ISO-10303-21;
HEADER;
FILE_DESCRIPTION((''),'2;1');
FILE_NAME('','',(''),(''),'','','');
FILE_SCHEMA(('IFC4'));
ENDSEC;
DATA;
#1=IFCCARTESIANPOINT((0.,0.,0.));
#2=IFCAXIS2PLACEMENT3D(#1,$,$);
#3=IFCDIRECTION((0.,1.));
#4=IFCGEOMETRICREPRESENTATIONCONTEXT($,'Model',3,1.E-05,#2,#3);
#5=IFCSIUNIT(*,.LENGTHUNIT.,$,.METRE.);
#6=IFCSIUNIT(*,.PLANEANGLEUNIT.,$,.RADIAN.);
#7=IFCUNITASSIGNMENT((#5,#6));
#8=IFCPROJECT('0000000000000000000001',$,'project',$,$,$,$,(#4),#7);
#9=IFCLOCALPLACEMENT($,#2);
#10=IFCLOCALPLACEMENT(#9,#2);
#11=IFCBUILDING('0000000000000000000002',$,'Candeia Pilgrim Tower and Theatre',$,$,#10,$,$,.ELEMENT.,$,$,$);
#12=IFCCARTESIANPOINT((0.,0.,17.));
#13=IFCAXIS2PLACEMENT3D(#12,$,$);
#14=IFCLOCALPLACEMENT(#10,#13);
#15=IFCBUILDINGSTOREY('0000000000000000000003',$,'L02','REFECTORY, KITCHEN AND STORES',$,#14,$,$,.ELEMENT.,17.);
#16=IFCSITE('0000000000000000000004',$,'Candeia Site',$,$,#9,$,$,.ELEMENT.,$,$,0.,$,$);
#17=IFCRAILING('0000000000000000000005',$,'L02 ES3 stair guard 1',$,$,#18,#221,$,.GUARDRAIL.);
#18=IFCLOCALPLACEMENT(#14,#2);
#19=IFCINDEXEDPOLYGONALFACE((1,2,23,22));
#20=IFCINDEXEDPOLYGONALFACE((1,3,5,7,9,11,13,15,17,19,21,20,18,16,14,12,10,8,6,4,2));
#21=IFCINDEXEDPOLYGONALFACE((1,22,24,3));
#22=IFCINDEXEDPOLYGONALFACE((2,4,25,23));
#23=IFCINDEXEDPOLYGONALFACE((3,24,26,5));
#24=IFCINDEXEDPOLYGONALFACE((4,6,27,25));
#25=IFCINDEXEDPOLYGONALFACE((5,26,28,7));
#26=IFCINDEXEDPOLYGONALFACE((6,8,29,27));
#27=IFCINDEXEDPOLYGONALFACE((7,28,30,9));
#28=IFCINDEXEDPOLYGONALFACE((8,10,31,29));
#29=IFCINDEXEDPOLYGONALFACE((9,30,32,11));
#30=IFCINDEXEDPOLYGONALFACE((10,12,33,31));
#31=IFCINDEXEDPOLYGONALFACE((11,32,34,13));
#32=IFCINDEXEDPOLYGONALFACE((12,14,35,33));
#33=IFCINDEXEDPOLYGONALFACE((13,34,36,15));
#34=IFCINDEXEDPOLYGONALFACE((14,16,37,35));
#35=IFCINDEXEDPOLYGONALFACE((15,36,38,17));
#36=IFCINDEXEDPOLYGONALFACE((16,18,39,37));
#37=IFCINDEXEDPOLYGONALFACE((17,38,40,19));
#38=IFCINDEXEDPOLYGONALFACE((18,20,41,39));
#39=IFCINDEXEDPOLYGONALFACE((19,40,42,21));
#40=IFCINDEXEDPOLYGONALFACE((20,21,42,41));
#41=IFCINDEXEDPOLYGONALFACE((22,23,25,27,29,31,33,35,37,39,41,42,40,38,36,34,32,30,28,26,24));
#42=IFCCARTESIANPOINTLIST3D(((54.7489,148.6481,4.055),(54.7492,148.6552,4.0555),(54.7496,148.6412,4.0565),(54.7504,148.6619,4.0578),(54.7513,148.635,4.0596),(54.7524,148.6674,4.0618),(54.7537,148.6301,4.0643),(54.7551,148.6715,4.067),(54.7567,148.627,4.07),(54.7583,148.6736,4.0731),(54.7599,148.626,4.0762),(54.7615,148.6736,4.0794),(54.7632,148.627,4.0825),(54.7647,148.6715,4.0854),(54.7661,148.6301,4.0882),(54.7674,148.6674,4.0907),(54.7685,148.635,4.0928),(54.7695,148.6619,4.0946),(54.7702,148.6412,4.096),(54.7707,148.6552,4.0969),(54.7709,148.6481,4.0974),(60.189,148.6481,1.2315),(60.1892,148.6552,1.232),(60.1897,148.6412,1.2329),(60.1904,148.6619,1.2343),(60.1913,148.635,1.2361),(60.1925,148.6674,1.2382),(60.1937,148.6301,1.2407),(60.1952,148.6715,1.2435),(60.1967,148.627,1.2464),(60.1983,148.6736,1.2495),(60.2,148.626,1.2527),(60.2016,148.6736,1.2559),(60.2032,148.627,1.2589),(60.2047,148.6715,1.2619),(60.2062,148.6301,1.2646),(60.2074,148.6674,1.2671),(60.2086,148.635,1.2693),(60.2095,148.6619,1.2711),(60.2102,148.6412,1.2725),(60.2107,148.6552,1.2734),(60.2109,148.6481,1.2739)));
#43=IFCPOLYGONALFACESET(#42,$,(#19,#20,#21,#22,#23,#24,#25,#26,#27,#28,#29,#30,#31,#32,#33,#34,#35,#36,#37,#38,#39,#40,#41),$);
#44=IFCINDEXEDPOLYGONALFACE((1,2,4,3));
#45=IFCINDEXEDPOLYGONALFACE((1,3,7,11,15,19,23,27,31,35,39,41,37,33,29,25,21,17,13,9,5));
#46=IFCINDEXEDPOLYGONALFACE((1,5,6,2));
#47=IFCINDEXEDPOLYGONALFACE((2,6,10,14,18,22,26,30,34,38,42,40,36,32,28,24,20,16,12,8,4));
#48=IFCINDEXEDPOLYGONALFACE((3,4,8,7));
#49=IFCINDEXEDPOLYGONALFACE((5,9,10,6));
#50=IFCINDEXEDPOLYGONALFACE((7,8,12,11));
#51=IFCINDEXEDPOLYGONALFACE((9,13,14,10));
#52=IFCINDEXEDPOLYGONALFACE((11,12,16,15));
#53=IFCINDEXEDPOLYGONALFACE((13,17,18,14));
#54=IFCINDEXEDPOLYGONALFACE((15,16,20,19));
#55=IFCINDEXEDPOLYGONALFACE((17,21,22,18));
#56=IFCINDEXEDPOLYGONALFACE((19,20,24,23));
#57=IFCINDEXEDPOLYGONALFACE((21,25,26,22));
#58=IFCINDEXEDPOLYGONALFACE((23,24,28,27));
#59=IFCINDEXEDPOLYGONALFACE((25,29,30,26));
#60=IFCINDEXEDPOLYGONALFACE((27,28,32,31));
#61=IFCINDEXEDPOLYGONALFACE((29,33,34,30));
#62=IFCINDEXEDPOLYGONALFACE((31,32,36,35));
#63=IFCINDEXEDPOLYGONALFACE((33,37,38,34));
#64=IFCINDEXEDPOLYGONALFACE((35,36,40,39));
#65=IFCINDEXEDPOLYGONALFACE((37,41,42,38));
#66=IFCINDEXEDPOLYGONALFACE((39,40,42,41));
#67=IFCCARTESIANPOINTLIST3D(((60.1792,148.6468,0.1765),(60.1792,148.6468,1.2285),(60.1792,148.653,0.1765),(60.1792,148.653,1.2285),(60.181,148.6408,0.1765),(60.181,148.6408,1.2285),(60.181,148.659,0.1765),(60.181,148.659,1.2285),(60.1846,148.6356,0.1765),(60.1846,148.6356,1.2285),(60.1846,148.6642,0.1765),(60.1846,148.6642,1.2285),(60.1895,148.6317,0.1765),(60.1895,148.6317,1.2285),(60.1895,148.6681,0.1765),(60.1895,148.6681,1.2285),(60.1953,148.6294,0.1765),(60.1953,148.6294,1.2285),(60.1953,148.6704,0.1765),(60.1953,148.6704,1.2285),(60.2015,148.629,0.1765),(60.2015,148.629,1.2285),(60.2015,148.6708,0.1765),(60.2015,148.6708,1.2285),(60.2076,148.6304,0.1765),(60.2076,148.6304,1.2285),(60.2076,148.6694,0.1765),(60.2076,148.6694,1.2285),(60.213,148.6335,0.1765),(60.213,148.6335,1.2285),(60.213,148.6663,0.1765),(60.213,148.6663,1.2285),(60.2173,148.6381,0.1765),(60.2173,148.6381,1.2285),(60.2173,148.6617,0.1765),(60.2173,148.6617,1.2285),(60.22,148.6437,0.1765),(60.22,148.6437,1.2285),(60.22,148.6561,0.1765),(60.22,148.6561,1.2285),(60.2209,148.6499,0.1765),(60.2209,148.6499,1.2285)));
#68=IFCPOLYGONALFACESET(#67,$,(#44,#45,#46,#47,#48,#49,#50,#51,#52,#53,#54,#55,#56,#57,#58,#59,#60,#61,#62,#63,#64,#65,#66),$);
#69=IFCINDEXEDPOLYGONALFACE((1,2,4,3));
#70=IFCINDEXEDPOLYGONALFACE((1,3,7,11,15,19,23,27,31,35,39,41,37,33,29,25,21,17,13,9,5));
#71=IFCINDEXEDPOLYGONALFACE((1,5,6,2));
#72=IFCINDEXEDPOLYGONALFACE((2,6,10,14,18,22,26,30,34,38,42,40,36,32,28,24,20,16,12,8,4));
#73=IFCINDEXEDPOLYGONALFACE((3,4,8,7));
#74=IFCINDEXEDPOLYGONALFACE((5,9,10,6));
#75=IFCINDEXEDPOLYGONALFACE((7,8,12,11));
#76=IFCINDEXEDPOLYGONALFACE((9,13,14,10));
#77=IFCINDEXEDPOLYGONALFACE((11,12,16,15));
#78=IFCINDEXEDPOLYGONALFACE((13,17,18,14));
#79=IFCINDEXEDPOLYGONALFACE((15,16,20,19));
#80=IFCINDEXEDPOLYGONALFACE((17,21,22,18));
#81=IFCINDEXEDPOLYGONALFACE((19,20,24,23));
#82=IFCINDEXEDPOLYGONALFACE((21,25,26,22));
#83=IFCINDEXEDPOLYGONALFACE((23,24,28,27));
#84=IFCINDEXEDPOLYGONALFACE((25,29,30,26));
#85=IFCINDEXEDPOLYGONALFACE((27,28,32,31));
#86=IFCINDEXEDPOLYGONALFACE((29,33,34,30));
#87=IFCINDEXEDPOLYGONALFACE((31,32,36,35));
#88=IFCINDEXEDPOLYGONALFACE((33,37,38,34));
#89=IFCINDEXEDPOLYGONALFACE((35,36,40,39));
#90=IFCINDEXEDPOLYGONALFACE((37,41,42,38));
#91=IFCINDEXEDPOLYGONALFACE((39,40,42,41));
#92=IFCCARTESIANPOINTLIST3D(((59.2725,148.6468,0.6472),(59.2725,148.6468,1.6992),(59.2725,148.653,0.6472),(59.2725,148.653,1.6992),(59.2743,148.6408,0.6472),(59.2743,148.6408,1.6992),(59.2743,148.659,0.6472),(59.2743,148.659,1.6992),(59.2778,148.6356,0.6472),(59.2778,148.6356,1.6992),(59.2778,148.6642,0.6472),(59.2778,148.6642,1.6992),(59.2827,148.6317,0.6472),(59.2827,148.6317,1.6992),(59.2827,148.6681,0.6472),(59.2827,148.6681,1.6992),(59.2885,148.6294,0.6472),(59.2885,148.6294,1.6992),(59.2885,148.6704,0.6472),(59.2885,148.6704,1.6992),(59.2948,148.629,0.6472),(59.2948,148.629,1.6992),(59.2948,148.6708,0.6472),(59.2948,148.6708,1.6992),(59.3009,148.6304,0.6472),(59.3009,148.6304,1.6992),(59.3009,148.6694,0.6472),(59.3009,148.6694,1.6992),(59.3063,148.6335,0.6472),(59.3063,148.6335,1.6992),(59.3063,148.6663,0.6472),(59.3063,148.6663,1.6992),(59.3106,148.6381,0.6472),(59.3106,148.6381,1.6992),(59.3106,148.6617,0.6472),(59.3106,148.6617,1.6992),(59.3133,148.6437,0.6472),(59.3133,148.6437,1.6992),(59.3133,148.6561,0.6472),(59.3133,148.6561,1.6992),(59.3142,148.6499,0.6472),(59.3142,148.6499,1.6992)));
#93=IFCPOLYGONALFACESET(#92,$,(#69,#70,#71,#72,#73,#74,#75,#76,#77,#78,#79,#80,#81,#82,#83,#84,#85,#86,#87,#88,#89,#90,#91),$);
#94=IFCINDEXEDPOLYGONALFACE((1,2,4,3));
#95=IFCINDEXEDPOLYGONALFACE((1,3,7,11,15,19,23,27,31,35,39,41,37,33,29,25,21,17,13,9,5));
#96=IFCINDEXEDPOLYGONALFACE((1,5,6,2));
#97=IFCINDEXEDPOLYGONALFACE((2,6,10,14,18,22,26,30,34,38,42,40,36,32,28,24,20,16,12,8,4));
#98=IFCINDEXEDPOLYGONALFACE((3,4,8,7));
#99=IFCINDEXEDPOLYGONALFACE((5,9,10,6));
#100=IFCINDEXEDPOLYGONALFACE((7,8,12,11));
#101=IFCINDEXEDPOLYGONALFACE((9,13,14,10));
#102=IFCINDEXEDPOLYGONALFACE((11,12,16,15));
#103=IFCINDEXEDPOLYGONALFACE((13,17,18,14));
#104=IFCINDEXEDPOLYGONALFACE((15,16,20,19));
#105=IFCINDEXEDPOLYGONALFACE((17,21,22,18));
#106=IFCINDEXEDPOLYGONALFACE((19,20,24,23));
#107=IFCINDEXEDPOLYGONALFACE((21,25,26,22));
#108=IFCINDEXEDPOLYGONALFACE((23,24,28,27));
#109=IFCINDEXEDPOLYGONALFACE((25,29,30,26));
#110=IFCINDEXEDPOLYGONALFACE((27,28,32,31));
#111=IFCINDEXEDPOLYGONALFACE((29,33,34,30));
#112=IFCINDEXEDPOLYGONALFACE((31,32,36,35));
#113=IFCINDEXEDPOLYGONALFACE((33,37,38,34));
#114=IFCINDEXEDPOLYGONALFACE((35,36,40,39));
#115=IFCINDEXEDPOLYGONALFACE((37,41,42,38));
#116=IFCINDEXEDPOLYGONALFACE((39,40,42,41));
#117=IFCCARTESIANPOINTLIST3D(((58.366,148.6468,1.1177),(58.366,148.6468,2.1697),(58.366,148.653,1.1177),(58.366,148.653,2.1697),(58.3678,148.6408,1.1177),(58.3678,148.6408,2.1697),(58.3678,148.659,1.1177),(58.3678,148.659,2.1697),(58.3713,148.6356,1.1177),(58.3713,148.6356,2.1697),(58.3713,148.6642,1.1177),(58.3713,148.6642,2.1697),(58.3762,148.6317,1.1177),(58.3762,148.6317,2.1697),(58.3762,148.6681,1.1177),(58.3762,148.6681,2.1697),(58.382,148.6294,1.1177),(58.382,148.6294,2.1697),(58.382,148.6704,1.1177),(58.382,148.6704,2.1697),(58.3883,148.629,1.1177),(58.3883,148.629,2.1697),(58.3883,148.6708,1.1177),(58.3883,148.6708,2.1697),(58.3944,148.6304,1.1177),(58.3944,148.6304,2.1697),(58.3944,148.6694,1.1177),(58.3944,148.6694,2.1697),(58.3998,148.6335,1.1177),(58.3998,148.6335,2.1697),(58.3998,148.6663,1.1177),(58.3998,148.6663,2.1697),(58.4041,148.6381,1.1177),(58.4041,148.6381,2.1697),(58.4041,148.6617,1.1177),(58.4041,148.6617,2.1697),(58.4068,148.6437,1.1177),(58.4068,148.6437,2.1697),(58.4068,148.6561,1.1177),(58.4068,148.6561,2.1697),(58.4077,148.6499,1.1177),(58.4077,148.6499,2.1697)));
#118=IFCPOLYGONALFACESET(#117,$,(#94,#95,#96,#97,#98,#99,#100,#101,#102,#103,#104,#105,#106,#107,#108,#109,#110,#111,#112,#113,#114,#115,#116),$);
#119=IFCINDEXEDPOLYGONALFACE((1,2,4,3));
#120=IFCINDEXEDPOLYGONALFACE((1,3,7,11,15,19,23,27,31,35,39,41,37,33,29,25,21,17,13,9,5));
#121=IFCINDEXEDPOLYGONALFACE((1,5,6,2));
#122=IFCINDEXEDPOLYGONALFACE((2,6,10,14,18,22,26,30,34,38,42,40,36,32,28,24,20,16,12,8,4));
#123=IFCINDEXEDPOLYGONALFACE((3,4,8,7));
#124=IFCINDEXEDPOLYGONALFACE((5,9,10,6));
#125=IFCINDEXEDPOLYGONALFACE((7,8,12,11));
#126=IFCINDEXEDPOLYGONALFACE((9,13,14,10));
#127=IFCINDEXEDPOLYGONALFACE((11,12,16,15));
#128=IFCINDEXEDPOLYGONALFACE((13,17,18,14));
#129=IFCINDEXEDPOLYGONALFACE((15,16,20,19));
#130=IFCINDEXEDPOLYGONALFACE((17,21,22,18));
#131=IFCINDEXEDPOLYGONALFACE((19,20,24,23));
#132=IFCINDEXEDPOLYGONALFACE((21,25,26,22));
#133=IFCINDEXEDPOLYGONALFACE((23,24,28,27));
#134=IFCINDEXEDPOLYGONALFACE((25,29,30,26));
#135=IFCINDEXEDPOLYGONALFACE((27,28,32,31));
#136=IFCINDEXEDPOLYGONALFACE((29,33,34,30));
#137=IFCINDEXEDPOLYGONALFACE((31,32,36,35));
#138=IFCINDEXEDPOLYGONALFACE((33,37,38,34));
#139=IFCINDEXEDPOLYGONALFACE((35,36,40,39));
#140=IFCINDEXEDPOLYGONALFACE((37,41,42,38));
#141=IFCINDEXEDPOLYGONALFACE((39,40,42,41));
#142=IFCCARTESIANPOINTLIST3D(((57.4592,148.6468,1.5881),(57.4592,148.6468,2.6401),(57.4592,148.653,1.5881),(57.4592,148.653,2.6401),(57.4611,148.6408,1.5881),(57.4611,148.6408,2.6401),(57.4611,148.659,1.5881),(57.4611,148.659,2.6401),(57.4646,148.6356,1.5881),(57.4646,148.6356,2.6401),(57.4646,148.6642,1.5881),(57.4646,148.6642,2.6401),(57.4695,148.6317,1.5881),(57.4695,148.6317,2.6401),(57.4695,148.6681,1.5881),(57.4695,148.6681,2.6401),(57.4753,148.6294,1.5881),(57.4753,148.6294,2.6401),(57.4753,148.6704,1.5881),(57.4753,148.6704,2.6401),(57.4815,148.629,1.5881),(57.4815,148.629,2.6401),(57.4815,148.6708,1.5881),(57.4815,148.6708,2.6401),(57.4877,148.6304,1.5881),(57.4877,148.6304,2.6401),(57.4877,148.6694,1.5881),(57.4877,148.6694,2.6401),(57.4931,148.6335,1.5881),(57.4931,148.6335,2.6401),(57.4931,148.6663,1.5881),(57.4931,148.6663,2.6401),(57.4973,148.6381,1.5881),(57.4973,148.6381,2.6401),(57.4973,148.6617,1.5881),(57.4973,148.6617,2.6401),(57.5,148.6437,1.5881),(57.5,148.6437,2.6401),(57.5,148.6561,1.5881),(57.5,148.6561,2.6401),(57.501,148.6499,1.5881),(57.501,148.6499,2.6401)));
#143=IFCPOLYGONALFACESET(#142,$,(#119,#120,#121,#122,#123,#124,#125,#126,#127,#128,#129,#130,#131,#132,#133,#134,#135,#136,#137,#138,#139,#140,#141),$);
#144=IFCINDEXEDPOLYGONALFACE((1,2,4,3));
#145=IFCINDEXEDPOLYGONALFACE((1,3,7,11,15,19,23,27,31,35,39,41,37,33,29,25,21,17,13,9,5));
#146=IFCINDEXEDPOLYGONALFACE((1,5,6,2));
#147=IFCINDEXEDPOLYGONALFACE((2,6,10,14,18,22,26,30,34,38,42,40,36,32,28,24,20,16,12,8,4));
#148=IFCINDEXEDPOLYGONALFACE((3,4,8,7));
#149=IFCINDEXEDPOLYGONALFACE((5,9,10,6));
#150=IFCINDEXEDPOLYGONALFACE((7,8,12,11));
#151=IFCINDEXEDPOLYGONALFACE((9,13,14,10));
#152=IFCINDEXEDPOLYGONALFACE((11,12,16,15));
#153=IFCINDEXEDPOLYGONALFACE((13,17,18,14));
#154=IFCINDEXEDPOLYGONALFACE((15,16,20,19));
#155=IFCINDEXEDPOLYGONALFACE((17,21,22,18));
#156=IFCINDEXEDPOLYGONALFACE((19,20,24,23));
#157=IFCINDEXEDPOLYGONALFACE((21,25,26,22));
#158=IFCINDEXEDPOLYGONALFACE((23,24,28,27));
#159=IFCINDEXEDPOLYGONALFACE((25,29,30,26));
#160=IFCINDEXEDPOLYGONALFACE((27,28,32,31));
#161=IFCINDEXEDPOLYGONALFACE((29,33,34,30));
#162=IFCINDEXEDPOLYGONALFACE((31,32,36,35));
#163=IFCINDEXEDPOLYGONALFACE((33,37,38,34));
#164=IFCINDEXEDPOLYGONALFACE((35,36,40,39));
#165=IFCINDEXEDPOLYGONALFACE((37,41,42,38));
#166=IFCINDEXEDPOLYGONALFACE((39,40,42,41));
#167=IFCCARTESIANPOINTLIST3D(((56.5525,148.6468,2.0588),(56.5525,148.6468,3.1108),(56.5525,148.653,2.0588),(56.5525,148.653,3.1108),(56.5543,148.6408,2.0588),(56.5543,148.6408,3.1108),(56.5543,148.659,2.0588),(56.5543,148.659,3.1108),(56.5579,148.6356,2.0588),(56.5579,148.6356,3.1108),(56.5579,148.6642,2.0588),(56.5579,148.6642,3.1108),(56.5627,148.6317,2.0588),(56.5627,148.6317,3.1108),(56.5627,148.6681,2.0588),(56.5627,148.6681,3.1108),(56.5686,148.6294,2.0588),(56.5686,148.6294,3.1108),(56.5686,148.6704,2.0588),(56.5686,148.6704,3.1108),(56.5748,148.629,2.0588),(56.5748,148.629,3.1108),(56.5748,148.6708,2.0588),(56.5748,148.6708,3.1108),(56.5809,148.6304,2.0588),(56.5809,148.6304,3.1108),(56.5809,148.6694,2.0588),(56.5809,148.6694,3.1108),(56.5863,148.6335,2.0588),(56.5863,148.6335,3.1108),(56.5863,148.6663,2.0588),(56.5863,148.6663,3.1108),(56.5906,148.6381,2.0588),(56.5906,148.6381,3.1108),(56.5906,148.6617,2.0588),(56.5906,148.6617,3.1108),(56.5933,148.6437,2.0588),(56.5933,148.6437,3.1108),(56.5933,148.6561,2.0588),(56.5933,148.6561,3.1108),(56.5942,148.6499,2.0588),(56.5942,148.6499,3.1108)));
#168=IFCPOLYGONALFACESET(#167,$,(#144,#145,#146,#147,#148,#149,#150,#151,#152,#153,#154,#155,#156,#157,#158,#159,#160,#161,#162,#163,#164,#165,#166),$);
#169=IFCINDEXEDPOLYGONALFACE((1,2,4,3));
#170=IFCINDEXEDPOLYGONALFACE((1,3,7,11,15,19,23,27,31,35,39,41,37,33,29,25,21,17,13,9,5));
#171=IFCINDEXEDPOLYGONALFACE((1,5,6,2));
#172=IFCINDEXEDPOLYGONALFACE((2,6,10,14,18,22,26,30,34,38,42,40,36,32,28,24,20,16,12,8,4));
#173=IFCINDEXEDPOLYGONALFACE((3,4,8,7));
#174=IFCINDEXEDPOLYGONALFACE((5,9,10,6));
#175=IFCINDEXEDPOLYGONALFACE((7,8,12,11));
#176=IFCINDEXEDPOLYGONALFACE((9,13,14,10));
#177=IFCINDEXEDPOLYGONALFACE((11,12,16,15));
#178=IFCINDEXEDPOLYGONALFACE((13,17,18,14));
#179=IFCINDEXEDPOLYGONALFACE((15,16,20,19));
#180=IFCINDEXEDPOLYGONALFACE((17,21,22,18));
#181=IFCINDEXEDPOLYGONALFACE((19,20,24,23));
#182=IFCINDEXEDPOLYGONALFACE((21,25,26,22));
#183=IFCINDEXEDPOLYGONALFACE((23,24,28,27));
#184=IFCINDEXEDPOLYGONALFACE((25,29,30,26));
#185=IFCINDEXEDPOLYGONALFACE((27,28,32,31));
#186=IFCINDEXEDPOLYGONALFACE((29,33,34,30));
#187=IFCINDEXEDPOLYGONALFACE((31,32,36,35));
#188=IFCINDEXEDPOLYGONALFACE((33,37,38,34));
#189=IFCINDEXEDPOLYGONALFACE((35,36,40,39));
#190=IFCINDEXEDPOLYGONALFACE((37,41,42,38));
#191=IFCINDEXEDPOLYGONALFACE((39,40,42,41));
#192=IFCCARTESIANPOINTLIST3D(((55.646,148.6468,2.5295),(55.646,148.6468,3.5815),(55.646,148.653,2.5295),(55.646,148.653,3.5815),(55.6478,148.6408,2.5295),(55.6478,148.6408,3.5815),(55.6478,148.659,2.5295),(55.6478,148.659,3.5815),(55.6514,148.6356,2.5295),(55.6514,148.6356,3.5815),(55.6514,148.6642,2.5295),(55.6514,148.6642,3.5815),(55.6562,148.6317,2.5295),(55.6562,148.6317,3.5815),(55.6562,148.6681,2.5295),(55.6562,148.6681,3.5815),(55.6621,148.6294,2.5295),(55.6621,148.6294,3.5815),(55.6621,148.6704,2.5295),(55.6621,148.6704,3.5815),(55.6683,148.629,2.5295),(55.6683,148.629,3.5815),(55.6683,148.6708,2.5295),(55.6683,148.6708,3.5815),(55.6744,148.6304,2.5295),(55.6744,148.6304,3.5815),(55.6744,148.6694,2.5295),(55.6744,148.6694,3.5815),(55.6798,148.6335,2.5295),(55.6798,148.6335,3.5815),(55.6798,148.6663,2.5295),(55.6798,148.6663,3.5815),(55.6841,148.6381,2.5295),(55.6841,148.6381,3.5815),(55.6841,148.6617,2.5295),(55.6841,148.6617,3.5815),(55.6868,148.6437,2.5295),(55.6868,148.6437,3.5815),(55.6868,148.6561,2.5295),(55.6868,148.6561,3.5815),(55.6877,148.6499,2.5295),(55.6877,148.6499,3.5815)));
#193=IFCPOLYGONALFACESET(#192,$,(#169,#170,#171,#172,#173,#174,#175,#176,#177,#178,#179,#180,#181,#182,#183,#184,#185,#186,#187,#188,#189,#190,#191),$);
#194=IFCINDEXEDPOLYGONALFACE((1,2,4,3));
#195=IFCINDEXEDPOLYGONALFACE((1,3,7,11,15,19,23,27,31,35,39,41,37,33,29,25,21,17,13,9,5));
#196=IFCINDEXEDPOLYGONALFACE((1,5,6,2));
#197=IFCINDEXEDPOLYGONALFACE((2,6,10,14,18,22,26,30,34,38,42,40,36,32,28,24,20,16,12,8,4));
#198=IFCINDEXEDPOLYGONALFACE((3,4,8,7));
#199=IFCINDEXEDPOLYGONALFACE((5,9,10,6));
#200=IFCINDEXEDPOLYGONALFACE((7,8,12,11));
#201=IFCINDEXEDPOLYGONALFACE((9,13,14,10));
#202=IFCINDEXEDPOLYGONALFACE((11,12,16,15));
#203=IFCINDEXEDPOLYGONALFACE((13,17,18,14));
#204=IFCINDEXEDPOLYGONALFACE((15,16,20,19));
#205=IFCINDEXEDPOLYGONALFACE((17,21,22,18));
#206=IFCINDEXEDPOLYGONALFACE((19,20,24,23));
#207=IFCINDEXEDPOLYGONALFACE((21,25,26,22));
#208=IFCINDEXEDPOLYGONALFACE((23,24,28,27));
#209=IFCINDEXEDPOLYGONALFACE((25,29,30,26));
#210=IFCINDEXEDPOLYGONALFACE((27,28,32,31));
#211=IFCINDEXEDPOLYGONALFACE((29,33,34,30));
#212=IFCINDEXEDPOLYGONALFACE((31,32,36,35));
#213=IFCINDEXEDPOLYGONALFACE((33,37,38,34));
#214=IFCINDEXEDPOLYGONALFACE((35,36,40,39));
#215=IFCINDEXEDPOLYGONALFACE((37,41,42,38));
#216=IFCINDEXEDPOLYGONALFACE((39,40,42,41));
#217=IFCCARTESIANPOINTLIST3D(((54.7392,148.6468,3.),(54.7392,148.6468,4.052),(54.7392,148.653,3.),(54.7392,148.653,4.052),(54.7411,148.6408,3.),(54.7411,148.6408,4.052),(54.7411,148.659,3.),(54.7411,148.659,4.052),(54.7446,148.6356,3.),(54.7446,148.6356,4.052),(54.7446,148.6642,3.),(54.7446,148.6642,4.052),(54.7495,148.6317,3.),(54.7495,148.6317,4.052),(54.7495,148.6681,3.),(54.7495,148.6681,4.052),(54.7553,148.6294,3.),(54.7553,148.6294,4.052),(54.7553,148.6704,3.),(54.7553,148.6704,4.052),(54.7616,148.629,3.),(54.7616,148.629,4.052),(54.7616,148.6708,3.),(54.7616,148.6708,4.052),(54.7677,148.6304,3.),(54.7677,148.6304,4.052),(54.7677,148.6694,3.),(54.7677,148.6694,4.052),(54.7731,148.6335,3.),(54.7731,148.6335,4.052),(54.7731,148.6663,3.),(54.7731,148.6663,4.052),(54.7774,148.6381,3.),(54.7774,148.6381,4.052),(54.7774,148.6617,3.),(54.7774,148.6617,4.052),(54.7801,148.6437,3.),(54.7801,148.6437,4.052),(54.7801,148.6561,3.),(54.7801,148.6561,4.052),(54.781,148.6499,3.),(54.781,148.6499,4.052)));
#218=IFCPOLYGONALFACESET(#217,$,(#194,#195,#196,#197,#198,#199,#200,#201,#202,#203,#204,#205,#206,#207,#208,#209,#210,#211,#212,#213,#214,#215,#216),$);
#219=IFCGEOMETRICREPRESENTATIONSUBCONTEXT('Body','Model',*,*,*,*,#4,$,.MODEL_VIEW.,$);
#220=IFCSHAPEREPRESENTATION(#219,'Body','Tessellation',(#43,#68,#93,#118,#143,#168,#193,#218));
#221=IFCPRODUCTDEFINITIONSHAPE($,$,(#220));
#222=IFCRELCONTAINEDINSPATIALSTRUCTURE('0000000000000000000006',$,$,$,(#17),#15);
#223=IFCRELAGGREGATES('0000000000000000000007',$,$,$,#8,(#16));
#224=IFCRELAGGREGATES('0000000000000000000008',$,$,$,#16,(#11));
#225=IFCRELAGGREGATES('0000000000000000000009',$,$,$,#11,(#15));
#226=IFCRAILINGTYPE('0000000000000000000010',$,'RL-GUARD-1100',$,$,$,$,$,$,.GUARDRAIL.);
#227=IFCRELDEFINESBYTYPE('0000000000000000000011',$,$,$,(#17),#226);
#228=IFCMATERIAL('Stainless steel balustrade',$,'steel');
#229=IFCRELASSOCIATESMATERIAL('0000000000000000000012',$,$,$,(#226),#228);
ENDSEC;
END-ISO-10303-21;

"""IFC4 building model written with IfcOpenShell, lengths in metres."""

from ifc_helpers import new_model, si_unit, direction, frame, origin, origin_2d, place, context, subcontext, project, spatial, circle, extrude, material, type_object, element, save


model = new_model("IFC4")

# Units and contexts
model_context = context("Model", 3, precision=1e-05, world=origin(), true_north=direction((0.0, 1.0)))
body_context = subcontext(model_context, "Body", "Model", "MODEL_VIEW")
ifc_project = project(units=[si_unit("LENGTHUNIT", "METRE"), si_unit("PLANEANGLEUNIT", "RADIAN")], contexts=[model_context])

# Site, building, storey
site_placement = place(None, origin())
site = spatial("IfcSite", under=ifc_project, at=site_placement, Name="Candeia Site", CompositionType="ELEMENT", RefElevation=0.0)
building_placement = place(site_placement, origin())
building = spatial("IfcBuilding", under=site, at=building_placement, Name="Candeia Pilgrim Tower and Theatre", CompositionType="ELEMENT")
storey_placement = place(building_placement, frame((0.0, 0.0, 17.0)))
storey = spatial("IfcBuildingStorey", under=building, at=storey_placement, Name="L02", Description="REFECTORY, KITCHEN AND STORES", CompositionType="ELEMENT", Elevation=17.0)

# Railing
ifc_material_1 = material(Name="Stainless steel balustrade", Category="steel")
railing_type_1 = type_object("IfcRailingType", Name="RL-GUARD-1100", PredefinedType="GUARDRAIL", material=ifc_material_1)
railing_1_placement = place(storey_placement, frame((60.2, 148.6499, 0.1765)))
element("IfcRailing", 1, at=railing_1_placement, inside=storey, type_object=railing_type_1, Name="L02 ES3 stair guard 1", PredefinedType="GUARDRAIL", context=body_context, shape_type="SweptSolid", body=[
    extrude(circle(Radius=0.0239, at=origin_2d()), frame((0.0, 0.0, 1.0762), z_axis=(-0.887569, 0.0, 0.460674), x_axis=(0.0, -1.0, 0.0)), (0.0, 0.0, 1.0), 6.1292),
    extrude(circle(Radius=0.021, at=origin_2d()), origin(), (0.0, 0.0, 1.0), 1.052),
    extrude(circle(Radius=0.021, at=origin_2d()), frame((-0.9067, 0.0, 0.4707)), (0.0, 0.0, 1.0), 1.052),
    extrude(circle(Radius=0.021, at=origin_2d()), frame((-1.8132, 0.0, 0.9412)), (0.0, 0.0, 1.0), 1.052),
    extrude(circle(Radius=0.021, at=origin_2d()), frame((-2.72, 0.0, 1.4116)), (0.0, 0.0, 1.0), 1.052),
    extrude(circle(Radius=0.021, at=origin_2d()), frame((-3.6267, 0.0, 1.8823)), (0.0, 0.0, 1.0), 1.052),
    extrude(circle(Radius=0.021, at=origin_2d()), frame((-4.5332, 0.0, 2.353)), (0.0, 0.0, 1.0), 1.052),
    extrude(circle(Radius=0.021, at=origin_2d()), frame((-5.4399, 0.0, 2.8235)), (0.0, 0.0, 1.0), 1.052),
])

save(model, "model.ifc")
